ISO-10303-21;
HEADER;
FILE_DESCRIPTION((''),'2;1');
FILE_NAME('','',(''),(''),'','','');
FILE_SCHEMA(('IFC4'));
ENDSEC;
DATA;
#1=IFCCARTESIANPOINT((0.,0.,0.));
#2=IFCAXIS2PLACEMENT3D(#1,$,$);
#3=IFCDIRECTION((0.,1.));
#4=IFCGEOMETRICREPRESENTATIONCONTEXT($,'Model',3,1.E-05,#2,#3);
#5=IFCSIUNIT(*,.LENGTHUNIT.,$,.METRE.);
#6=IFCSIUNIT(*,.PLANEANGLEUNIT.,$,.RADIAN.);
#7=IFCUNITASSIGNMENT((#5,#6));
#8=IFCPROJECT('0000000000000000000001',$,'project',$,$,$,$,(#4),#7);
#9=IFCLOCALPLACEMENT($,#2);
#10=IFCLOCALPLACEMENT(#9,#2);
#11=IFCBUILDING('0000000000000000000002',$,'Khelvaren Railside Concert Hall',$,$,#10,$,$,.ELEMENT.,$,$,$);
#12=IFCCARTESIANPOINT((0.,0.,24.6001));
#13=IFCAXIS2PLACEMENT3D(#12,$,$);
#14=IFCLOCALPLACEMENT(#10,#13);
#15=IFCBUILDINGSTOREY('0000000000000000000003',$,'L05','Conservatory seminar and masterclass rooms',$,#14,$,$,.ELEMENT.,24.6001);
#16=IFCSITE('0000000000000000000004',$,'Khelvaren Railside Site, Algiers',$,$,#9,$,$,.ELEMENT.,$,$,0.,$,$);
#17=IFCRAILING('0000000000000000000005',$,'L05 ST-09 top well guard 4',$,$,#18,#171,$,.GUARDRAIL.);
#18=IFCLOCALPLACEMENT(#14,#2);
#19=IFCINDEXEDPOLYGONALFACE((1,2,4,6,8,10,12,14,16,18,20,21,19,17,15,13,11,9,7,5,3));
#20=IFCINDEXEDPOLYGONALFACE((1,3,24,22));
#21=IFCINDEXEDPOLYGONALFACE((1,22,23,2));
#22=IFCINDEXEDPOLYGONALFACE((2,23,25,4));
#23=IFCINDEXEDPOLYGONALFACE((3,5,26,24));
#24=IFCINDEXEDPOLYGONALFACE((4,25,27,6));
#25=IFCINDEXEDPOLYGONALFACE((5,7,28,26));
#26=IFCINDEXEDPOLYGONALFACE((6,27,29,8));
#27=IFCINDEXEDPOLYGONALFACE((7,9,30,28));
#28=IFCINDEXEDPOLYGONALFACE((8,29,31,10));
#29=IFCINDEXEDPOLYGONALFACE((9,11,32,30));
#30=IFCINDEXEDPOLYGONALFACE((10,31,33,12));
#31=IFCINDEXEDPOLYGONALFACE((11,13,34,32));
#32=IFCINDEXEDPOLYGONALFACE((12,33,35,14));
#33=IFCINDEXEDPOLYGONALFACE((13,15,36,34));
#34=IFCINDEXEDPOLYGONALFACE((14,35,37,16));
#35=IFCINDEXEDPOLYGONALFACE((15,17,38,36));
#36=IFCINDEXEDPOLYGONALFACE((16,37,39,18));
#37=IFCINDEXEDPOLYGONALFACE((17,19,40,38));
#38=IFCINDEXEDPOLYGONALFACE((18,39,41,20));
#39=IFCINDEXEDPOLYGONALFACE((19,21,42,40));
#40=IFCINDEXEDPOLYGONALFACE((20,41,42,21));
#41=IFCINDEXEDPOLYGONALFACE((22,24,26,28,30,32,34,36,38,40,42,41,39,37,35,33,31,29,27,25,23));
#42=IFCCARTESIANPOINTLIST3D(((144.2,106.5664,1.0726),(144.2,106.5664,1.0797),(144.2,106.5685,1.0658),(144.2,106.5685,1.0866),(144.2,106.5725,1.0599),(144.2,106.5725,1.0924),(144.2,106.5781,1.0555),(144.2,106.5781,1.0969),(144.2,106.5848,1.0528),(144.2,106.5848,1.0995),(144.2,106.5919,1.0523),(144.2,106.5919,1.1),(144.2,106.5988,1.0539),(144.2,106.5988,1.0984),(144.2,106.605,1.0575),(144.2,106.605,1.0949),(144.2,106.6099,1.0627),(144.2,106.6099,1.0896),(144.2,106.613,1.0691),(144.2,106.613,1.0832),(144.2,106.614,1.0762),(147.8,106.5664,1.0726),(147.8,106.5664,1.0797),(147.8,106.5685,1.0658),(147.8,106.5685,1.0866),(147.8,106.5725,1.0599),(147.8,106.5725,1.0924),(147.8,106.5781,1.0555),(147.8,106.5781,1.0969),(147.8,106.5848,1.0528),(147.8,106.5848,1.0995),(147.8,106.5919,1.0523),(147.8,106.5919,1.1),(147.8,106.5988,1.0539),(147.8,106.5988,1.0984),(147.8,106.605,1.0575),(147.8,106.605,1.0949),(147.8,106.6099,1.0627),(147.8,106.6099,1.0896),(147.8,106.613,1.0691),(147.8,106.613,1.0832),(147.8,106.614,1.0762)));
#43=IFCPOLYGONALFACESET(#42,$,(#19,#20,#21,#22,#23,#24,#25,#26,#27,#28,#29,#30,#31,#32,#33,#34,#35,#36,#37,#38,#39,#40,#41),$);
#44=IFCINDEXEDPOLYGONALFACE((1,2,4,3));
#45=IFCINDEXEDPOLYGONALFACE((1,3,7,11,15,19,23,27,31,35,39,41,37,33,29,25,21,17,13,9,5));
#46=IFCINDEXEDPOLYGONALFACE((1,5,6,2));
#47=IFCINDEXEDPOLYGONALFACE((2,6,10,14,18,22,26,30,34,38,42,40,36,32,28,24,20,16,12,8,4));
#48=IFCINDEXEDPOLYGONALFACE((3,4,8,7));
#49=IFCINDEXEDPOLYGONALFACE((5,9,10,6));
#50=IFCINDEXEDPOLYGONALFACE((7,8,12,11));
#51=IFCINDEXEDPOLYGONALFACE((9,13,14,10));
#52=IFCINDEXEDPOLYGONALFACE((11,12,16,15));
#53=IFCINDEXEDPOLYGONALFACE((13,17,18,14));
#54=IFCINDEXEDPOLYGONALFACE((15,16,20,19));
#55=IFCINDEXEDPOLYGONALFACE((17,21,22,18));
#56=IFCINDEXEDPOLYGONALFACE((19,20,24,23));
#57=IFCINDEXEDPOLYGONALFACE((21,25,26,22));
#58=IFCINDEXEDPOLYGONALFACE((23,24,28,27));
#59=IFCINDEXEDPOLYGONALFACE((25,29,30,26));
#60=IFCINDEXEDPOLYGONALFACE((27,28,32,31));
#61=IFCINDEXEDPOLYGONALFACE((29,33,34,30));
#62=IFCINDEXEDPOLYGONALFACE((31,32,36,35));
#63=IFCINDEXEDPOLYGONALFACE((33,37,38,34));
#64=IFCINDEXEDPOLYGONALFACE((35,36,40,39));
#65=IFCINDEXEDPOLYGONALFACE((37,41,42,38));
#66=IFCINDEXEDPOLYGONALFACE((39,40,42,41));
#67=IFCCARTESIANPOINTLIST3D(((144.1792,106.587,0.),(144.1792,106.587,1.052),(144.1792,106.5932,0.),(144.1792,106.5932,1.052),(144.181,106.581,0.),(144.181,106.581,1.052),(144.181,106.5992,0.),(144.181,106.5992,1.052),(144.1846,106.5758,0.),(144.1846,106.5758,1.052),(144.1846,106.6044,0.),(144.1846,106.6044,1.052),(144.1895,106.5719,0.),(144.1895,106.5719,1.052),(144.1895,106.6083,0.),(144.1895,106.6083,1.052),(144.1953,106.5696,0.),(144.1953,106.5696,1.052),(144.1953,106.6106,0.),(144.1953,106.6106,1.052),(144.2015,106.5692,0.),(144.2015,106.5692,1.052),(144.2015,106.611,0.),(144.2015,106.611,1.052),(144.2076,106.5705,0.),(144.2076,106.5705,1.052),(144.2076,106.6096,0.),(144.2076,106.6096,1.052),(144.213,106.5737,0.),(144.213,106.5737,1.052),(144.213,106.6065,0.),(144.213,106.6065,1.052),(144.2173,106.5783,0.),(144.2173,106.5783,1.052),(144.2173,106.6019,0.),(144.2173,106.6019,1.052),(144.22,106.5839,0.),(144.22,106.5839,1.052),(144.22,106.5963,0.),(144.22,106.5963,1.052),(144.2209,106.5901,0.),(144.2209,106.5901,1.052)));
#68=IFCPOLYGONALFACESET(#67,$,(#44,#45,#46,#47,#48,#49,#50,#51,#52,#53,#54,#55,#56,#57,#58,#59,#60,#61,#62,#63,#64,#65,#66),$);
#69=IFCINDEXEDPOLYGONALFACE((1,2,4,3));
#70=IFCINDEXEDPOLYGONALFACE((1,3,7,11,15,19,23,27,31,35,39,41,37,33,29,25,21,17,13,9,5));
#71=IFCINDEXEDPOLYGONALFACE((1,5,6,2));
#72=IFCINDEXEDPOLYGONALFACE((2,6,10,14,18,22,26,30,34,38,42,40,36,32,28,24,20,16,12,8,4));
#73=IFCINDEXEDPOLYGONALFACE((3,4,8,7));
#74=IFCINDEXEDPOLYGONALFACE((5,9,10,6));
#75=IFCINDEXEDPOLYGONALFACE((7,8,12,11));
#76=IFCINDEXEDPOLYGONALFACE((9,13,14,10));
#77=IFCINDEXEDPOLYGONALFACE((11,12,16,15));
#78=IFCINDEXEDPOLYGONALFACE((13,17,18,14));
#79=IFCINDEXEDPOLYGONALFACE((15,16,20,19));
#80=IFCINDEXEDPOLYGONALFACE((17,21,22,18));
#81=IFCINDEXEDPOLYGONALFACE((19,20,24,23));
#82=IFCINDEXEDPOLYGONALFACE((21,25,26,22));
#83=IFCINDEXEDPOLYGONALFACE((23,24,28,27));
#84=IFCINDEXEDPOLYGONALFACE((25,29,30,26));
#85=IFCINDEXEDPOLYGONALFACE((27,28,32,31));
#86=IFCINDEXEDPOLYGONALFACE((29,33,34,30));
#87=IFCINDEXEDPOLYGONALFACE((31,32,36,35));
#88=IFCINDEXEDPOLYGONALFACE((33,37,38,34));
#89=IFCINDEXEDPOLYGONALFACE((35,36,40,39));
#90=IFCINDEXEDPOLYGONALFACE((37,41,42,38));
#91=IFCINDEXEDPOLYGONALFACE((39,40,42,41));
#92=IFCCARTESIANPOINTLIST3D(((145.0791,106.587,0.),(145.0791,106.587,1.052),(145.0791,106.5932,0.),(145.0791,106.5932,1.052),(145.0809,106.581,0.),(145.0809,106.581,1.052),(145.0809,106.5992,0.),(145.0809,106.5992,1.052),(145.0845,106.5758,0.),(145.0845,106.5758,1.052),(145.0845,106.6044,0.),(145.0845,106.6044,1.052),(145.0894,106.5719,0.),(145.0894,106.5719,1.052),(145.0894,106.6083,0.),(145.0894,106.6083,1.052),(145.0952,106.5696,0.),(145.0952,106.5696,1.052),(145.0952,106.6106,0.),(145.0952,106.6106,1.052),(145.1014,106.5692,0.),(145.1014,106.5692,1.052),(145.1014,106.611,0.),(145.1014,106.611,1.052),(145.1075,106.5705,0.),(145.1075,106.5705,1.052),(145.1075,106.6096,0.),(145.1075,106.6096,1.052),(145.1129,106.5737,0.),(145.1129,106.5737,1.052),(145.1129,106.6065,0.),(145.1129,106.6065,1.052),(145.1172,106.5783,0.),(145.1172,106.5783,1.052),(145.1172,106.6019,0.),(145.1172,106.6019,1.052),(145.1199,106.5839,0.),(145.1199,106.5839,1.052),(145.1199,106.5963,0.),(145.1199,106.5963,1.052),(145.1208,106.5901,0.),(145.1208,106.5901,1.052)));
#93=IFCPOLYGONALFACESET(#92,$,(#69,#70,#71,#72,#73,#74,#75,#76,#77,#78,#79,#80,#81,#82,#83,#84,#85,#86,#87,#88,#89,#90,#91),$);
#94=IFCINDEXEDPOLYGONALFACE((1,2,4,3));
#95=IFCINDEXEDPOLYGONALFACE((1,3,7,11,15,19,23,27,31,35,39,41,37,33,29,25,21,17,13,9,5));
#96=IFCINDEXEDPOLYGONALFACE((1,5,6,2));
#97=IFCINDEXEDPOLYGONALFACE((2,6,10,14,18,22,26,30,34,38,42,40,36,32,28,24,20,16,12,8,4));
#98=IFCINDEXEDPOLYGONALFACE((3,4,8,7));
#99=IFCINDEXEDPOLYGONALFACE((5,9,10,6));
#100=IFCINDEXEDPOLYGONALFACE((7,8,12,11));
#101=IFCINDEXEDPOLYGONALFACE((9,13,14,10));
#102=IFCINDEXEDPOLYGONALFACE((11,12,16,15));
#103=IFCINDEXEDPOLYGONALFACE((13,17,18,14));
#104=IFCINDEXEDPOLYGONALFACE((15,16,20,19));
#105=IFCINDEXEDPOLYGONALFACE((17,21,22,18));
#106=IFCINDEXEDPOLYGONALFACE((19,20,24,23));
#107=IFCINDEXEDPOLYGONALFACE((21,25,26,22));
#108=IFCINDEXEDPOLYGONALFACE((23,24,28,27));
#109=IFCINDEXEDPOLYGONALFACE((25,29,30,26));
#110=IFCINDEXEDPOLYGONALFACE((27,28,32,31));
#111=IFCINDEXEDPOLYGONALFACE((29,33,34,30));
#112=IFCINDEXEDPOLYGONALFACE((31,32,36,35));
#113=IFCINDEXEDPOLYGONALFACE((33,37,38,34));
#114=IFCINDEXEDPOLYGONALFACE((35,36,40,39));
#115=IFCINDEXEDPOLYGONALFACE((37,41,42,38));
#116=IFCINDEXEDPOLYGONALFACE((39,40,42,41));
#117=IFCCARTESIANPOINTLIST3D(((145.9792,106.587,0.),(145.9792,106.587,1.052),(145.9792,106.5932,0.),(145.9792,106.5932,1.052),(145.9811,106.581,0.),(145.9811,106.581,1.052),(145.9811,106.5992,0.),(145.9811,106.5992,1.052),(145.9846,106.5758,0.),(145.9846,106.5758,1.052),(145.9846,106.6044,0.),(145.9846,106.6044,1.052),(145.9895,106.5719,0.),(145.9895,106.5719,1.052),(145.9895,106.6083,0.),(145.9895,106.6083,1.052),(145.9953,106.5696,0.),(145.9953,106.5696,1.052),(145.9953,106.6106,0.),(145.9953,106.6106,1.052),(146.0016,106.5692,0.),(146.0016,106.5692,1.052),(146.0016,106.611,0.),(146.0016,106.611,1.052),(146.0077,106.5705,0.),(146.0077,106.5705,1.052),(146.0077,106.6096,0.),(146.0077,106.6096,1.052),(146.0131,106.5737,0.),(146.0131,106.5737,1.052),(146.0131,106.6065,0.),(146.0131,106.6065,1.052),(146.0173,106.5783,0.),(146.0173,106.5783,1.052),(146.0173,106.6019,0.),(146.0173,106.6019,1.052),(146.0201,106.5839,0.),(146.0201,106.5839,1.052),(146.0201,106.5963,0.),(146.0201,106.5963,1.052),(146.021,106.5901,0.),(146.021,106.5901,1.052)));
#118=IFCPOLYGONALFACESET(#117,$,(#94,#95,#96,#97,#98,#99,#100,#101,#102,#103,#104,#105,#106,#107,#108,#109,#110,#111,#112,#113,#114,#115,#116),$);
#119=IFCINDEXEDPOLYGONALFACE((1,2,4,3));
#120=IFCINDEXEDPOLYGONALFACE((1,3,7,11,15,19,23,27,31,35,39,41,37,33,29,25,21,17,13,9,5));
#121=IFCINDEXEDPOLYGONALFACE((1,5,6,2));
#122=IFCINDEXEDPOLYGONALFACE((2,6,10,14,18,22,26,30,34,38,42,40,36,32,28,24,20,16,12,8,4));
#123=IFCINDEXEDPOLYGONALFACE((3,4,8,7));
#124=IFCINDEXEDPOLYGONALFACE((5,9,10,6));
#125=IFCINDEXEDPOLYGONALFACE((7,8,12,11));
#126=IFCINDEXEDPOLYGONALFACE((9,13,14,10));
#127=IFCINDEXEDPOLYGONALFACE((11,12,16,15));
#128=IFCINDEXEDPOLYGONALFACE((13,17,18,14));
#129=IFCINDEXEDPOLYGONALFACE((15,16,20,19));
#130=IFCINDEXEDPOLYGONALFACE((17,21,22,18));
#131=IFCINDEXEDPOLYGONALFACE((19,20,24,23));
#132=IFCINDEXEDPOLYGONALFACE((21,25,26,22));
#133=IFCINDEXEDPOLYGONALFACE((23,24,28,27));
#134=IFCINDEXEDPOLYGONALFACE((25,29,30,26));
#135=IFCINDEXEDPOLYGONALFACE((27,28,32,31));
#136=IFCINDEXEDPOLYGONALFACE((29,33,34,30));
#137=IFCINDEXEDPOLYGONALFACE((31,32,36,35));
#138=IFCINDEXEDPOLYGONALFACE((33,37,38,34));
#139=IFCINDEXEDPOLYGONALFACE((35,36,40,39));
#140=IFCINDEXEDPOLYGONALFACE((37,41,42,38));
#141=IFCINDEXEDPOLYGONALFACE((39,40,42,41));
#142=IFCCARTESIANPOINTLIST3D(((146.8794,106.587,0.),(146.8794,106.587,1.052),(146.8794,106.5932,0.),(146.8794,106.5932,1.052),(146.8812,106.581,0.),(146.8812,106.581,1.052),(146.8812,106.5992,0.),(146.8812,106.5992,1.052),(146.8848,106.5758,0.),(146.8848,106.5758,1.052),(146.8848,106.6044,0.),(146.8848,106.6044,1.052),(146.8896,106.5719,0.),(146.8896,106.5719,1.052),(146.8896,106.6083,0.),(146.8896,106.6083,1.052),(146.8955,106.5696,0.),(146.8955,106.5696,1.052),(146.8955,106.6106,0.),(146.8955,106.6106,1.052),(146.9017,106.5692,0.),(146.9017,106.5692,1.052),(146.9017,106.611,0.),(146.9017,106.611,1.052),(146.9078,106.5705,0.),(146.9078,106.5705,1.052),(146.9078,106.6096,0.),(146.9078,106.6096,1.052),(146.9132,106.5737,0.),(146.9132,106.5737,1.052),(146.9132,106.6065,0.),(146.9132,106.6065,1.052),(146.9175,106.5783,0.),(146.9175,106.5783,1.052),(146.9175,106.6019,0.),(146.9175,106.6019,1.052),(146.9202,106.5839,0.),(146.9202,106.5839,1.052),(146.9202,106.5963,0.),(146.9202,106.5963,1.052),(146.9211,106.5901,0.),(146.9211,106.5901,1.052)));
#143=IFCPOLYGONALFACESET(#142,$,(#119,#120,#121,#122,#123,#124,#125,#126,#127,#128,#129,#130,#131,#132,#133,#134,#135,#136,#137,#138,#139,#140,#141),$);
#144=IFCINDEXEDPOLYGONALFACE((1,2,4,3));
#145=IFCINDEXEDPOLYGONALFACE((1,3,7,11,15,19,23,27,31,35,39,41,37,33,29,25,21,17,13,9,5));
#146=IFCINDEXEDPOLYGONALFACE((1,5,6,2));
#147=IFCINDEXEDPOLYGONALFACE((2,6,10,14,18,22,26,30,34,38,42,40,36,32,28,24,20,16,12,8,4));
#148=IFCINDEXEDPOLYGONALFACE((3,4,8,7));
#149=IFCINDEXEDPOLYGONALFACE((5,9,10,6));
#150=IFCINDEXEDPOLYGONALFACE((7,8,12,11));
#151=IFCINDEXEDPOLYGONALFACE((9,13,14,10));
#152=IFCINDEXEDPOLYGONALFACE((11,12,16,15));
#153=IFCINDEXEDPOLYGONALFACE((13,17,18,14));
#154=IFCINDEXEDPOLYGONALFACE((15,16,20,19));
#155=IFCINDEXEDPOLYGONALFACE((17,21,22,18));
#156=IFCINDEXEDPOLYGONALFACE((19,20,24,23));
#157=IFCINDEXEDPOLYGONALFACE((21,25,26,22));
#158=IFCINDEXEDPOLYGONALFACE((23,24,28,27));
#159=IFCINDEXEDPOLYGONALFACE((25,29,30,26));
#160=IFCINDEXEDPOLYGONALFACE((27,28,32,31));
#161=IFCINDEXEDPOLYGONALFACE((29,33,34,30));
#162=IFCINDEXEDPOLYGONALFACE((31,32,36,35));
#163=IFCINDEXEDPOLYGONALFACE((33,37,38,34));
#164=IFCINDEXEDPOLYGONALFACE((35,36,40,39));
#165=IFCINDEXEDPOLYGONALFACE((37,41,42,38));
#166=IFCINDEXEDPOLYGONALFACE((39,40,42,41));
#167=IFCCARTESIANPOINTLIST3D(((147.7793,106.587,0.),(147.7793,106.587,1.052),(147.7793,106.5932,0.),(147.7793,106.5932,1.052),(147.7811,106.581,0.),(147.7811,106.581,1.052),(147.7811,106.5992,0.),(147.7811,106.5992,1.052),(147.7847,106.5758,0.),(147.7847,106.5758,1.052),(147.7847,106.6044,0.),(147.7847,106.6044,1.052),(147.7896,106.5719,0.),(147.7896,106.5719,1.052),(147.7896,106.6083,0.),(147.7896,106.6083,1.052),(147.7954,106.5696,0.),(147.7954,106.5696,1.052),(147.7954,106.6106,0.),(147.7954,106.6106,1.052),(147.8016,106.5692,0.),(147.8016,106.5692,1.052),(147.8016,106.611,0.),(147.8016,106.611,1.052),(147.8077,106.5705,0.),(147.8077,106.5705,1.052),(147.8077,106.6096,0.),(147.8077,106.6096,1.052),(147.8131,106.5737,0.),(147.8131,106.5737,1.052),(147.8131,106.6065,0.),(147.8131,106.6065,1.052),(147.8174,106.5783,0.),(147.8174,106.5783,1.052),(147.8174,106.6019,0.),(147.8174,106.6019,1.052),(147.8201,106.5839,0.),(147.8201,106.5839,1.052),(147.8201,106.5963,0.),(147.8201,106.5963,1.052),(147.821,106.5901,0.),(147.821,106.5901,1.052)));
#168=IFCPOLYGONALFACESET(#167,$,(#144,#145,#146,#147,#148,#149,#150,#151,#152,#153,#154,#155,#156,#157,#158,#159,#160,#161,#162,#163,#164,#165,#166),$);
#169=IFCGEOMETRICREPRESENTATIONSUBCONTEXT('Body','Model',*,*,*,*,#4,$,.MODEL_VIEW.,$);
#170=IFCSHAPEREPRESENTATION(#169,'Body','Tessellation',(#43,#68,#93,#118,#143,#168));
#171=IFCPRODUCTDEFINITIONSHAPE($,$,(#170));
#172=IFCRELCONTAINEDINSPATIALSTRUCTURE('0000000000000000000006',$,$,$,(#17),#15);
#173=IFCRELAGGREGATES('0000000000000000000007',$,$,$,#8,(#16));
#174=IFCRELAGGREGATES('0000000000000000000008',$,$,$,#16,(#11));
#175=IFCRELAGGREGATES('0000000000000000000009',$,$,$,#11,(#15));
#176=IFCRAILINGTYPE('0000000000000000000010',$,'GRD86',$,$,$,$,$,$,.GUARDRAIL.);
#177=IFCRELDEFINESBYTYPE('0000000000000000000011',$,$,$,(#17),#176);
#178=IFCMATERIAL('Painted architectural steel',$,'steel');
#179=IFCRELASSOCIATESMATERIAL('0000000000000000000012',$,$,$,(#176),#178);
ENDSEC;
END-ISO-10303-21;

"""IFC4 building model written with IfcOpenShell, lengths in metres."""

from ifc_helpers import new_model, si_unit, direction, frame, origin, origin_2d, place, context, subcontext, project, spatial, circle, extrude, material, type_object, element, save


model = new_model("IFC4")

# Units and contexts
model_context = context("Model", 3, precision=1e-05, world=origin(), true_north=direction((0.0, 1.0)))
body_context = subcontext(model_context, "Body", "Model", "MODEL_VIEW")
ifc_project = project(units=[si_unit("LENGTHUNIT", "METRE"), si_unit("PLANEANGLEUNIT", "RADIAN")], contexts=[model_context])

# Site, building, storey
site_placement = place(None, origin())
site = spatial("IfcSite", under=ifc_project, at=site_placement, Name="Khelvaren Railside Site, Algiers", CompositionType="ELEMENT", RefElevation=0.0)
building_placement = place(site_placement, origin())
building = spatial("IfcBuilding", under=site, at=building_placement, Name="Khelvaren Railside Concert Hall", CompositionType="ELEMENT")
storey_placement = place(building_placement, frame((0.0, 0.0, 24.6001)))
storey = spatial("IfcBuildingStorey", under=building, at=storey_placement, Name="L05", Description="Conservatory seminar and masterclass rooms", CompositionType="ELEMENT", Elevation=24.6001)

# Railing
ifc_material_1 = material(Name="Painted architectural steel", Category="steel")
railing_type = type_object("IfcRailingType", Name="GRD86", PredefinedType="GUARDRAIL", material=ifc_material_1)
railing_1_placement = place(storey_placement, frame((144.2, 106.5901, 0.0)))
element("IfcRailing", 1, at=railing_1_placement, inside=storey, type_object=railing_type, Name="L05 ST-09 top well guard 4", PredefinedType="GUARDRAIL", context=body_context, shape_type="SweptSolid", body=[
    extrude(circle(Radius=0.0239, at=origin_2d()), frame((0.0, 0.0, 1.0762), z_axis=(1.0, 0.0, 0.0), x_axis=(0.0, 1.0, 0.0)), (0.0, 0.0, 1.0), 3.6001),
    extrude(circle(Radius=0.021, at=origin_2d()), origin(), (0.0, 0.0, 1.0), 1.052),
    extrude(circle(Radius=0.021, at=origin_2d()), frame((0.8999, 0.0, 0.0)), (0.0, 0.0, 1.0), 1.052),
    extrude(circle(Radius=0.021, at=origin_2d()), frame((1.8, 0.0, 0.0)), (0.0, 0.0, 1.0), 1.052),
    extrude(circle(Radius=0.021, at=origin_2d()), frame((2.7002, 0.0, 0.0)), (0.0, 0.0, 1.0), 1.052),
    extrude(circle(Radius=0.021, at=origin_2d()), frame((3.6001, 0.0, 0.0)), (0.0, 0.0, 1.0), 1.052),
])

save(model, "model.ifc")
